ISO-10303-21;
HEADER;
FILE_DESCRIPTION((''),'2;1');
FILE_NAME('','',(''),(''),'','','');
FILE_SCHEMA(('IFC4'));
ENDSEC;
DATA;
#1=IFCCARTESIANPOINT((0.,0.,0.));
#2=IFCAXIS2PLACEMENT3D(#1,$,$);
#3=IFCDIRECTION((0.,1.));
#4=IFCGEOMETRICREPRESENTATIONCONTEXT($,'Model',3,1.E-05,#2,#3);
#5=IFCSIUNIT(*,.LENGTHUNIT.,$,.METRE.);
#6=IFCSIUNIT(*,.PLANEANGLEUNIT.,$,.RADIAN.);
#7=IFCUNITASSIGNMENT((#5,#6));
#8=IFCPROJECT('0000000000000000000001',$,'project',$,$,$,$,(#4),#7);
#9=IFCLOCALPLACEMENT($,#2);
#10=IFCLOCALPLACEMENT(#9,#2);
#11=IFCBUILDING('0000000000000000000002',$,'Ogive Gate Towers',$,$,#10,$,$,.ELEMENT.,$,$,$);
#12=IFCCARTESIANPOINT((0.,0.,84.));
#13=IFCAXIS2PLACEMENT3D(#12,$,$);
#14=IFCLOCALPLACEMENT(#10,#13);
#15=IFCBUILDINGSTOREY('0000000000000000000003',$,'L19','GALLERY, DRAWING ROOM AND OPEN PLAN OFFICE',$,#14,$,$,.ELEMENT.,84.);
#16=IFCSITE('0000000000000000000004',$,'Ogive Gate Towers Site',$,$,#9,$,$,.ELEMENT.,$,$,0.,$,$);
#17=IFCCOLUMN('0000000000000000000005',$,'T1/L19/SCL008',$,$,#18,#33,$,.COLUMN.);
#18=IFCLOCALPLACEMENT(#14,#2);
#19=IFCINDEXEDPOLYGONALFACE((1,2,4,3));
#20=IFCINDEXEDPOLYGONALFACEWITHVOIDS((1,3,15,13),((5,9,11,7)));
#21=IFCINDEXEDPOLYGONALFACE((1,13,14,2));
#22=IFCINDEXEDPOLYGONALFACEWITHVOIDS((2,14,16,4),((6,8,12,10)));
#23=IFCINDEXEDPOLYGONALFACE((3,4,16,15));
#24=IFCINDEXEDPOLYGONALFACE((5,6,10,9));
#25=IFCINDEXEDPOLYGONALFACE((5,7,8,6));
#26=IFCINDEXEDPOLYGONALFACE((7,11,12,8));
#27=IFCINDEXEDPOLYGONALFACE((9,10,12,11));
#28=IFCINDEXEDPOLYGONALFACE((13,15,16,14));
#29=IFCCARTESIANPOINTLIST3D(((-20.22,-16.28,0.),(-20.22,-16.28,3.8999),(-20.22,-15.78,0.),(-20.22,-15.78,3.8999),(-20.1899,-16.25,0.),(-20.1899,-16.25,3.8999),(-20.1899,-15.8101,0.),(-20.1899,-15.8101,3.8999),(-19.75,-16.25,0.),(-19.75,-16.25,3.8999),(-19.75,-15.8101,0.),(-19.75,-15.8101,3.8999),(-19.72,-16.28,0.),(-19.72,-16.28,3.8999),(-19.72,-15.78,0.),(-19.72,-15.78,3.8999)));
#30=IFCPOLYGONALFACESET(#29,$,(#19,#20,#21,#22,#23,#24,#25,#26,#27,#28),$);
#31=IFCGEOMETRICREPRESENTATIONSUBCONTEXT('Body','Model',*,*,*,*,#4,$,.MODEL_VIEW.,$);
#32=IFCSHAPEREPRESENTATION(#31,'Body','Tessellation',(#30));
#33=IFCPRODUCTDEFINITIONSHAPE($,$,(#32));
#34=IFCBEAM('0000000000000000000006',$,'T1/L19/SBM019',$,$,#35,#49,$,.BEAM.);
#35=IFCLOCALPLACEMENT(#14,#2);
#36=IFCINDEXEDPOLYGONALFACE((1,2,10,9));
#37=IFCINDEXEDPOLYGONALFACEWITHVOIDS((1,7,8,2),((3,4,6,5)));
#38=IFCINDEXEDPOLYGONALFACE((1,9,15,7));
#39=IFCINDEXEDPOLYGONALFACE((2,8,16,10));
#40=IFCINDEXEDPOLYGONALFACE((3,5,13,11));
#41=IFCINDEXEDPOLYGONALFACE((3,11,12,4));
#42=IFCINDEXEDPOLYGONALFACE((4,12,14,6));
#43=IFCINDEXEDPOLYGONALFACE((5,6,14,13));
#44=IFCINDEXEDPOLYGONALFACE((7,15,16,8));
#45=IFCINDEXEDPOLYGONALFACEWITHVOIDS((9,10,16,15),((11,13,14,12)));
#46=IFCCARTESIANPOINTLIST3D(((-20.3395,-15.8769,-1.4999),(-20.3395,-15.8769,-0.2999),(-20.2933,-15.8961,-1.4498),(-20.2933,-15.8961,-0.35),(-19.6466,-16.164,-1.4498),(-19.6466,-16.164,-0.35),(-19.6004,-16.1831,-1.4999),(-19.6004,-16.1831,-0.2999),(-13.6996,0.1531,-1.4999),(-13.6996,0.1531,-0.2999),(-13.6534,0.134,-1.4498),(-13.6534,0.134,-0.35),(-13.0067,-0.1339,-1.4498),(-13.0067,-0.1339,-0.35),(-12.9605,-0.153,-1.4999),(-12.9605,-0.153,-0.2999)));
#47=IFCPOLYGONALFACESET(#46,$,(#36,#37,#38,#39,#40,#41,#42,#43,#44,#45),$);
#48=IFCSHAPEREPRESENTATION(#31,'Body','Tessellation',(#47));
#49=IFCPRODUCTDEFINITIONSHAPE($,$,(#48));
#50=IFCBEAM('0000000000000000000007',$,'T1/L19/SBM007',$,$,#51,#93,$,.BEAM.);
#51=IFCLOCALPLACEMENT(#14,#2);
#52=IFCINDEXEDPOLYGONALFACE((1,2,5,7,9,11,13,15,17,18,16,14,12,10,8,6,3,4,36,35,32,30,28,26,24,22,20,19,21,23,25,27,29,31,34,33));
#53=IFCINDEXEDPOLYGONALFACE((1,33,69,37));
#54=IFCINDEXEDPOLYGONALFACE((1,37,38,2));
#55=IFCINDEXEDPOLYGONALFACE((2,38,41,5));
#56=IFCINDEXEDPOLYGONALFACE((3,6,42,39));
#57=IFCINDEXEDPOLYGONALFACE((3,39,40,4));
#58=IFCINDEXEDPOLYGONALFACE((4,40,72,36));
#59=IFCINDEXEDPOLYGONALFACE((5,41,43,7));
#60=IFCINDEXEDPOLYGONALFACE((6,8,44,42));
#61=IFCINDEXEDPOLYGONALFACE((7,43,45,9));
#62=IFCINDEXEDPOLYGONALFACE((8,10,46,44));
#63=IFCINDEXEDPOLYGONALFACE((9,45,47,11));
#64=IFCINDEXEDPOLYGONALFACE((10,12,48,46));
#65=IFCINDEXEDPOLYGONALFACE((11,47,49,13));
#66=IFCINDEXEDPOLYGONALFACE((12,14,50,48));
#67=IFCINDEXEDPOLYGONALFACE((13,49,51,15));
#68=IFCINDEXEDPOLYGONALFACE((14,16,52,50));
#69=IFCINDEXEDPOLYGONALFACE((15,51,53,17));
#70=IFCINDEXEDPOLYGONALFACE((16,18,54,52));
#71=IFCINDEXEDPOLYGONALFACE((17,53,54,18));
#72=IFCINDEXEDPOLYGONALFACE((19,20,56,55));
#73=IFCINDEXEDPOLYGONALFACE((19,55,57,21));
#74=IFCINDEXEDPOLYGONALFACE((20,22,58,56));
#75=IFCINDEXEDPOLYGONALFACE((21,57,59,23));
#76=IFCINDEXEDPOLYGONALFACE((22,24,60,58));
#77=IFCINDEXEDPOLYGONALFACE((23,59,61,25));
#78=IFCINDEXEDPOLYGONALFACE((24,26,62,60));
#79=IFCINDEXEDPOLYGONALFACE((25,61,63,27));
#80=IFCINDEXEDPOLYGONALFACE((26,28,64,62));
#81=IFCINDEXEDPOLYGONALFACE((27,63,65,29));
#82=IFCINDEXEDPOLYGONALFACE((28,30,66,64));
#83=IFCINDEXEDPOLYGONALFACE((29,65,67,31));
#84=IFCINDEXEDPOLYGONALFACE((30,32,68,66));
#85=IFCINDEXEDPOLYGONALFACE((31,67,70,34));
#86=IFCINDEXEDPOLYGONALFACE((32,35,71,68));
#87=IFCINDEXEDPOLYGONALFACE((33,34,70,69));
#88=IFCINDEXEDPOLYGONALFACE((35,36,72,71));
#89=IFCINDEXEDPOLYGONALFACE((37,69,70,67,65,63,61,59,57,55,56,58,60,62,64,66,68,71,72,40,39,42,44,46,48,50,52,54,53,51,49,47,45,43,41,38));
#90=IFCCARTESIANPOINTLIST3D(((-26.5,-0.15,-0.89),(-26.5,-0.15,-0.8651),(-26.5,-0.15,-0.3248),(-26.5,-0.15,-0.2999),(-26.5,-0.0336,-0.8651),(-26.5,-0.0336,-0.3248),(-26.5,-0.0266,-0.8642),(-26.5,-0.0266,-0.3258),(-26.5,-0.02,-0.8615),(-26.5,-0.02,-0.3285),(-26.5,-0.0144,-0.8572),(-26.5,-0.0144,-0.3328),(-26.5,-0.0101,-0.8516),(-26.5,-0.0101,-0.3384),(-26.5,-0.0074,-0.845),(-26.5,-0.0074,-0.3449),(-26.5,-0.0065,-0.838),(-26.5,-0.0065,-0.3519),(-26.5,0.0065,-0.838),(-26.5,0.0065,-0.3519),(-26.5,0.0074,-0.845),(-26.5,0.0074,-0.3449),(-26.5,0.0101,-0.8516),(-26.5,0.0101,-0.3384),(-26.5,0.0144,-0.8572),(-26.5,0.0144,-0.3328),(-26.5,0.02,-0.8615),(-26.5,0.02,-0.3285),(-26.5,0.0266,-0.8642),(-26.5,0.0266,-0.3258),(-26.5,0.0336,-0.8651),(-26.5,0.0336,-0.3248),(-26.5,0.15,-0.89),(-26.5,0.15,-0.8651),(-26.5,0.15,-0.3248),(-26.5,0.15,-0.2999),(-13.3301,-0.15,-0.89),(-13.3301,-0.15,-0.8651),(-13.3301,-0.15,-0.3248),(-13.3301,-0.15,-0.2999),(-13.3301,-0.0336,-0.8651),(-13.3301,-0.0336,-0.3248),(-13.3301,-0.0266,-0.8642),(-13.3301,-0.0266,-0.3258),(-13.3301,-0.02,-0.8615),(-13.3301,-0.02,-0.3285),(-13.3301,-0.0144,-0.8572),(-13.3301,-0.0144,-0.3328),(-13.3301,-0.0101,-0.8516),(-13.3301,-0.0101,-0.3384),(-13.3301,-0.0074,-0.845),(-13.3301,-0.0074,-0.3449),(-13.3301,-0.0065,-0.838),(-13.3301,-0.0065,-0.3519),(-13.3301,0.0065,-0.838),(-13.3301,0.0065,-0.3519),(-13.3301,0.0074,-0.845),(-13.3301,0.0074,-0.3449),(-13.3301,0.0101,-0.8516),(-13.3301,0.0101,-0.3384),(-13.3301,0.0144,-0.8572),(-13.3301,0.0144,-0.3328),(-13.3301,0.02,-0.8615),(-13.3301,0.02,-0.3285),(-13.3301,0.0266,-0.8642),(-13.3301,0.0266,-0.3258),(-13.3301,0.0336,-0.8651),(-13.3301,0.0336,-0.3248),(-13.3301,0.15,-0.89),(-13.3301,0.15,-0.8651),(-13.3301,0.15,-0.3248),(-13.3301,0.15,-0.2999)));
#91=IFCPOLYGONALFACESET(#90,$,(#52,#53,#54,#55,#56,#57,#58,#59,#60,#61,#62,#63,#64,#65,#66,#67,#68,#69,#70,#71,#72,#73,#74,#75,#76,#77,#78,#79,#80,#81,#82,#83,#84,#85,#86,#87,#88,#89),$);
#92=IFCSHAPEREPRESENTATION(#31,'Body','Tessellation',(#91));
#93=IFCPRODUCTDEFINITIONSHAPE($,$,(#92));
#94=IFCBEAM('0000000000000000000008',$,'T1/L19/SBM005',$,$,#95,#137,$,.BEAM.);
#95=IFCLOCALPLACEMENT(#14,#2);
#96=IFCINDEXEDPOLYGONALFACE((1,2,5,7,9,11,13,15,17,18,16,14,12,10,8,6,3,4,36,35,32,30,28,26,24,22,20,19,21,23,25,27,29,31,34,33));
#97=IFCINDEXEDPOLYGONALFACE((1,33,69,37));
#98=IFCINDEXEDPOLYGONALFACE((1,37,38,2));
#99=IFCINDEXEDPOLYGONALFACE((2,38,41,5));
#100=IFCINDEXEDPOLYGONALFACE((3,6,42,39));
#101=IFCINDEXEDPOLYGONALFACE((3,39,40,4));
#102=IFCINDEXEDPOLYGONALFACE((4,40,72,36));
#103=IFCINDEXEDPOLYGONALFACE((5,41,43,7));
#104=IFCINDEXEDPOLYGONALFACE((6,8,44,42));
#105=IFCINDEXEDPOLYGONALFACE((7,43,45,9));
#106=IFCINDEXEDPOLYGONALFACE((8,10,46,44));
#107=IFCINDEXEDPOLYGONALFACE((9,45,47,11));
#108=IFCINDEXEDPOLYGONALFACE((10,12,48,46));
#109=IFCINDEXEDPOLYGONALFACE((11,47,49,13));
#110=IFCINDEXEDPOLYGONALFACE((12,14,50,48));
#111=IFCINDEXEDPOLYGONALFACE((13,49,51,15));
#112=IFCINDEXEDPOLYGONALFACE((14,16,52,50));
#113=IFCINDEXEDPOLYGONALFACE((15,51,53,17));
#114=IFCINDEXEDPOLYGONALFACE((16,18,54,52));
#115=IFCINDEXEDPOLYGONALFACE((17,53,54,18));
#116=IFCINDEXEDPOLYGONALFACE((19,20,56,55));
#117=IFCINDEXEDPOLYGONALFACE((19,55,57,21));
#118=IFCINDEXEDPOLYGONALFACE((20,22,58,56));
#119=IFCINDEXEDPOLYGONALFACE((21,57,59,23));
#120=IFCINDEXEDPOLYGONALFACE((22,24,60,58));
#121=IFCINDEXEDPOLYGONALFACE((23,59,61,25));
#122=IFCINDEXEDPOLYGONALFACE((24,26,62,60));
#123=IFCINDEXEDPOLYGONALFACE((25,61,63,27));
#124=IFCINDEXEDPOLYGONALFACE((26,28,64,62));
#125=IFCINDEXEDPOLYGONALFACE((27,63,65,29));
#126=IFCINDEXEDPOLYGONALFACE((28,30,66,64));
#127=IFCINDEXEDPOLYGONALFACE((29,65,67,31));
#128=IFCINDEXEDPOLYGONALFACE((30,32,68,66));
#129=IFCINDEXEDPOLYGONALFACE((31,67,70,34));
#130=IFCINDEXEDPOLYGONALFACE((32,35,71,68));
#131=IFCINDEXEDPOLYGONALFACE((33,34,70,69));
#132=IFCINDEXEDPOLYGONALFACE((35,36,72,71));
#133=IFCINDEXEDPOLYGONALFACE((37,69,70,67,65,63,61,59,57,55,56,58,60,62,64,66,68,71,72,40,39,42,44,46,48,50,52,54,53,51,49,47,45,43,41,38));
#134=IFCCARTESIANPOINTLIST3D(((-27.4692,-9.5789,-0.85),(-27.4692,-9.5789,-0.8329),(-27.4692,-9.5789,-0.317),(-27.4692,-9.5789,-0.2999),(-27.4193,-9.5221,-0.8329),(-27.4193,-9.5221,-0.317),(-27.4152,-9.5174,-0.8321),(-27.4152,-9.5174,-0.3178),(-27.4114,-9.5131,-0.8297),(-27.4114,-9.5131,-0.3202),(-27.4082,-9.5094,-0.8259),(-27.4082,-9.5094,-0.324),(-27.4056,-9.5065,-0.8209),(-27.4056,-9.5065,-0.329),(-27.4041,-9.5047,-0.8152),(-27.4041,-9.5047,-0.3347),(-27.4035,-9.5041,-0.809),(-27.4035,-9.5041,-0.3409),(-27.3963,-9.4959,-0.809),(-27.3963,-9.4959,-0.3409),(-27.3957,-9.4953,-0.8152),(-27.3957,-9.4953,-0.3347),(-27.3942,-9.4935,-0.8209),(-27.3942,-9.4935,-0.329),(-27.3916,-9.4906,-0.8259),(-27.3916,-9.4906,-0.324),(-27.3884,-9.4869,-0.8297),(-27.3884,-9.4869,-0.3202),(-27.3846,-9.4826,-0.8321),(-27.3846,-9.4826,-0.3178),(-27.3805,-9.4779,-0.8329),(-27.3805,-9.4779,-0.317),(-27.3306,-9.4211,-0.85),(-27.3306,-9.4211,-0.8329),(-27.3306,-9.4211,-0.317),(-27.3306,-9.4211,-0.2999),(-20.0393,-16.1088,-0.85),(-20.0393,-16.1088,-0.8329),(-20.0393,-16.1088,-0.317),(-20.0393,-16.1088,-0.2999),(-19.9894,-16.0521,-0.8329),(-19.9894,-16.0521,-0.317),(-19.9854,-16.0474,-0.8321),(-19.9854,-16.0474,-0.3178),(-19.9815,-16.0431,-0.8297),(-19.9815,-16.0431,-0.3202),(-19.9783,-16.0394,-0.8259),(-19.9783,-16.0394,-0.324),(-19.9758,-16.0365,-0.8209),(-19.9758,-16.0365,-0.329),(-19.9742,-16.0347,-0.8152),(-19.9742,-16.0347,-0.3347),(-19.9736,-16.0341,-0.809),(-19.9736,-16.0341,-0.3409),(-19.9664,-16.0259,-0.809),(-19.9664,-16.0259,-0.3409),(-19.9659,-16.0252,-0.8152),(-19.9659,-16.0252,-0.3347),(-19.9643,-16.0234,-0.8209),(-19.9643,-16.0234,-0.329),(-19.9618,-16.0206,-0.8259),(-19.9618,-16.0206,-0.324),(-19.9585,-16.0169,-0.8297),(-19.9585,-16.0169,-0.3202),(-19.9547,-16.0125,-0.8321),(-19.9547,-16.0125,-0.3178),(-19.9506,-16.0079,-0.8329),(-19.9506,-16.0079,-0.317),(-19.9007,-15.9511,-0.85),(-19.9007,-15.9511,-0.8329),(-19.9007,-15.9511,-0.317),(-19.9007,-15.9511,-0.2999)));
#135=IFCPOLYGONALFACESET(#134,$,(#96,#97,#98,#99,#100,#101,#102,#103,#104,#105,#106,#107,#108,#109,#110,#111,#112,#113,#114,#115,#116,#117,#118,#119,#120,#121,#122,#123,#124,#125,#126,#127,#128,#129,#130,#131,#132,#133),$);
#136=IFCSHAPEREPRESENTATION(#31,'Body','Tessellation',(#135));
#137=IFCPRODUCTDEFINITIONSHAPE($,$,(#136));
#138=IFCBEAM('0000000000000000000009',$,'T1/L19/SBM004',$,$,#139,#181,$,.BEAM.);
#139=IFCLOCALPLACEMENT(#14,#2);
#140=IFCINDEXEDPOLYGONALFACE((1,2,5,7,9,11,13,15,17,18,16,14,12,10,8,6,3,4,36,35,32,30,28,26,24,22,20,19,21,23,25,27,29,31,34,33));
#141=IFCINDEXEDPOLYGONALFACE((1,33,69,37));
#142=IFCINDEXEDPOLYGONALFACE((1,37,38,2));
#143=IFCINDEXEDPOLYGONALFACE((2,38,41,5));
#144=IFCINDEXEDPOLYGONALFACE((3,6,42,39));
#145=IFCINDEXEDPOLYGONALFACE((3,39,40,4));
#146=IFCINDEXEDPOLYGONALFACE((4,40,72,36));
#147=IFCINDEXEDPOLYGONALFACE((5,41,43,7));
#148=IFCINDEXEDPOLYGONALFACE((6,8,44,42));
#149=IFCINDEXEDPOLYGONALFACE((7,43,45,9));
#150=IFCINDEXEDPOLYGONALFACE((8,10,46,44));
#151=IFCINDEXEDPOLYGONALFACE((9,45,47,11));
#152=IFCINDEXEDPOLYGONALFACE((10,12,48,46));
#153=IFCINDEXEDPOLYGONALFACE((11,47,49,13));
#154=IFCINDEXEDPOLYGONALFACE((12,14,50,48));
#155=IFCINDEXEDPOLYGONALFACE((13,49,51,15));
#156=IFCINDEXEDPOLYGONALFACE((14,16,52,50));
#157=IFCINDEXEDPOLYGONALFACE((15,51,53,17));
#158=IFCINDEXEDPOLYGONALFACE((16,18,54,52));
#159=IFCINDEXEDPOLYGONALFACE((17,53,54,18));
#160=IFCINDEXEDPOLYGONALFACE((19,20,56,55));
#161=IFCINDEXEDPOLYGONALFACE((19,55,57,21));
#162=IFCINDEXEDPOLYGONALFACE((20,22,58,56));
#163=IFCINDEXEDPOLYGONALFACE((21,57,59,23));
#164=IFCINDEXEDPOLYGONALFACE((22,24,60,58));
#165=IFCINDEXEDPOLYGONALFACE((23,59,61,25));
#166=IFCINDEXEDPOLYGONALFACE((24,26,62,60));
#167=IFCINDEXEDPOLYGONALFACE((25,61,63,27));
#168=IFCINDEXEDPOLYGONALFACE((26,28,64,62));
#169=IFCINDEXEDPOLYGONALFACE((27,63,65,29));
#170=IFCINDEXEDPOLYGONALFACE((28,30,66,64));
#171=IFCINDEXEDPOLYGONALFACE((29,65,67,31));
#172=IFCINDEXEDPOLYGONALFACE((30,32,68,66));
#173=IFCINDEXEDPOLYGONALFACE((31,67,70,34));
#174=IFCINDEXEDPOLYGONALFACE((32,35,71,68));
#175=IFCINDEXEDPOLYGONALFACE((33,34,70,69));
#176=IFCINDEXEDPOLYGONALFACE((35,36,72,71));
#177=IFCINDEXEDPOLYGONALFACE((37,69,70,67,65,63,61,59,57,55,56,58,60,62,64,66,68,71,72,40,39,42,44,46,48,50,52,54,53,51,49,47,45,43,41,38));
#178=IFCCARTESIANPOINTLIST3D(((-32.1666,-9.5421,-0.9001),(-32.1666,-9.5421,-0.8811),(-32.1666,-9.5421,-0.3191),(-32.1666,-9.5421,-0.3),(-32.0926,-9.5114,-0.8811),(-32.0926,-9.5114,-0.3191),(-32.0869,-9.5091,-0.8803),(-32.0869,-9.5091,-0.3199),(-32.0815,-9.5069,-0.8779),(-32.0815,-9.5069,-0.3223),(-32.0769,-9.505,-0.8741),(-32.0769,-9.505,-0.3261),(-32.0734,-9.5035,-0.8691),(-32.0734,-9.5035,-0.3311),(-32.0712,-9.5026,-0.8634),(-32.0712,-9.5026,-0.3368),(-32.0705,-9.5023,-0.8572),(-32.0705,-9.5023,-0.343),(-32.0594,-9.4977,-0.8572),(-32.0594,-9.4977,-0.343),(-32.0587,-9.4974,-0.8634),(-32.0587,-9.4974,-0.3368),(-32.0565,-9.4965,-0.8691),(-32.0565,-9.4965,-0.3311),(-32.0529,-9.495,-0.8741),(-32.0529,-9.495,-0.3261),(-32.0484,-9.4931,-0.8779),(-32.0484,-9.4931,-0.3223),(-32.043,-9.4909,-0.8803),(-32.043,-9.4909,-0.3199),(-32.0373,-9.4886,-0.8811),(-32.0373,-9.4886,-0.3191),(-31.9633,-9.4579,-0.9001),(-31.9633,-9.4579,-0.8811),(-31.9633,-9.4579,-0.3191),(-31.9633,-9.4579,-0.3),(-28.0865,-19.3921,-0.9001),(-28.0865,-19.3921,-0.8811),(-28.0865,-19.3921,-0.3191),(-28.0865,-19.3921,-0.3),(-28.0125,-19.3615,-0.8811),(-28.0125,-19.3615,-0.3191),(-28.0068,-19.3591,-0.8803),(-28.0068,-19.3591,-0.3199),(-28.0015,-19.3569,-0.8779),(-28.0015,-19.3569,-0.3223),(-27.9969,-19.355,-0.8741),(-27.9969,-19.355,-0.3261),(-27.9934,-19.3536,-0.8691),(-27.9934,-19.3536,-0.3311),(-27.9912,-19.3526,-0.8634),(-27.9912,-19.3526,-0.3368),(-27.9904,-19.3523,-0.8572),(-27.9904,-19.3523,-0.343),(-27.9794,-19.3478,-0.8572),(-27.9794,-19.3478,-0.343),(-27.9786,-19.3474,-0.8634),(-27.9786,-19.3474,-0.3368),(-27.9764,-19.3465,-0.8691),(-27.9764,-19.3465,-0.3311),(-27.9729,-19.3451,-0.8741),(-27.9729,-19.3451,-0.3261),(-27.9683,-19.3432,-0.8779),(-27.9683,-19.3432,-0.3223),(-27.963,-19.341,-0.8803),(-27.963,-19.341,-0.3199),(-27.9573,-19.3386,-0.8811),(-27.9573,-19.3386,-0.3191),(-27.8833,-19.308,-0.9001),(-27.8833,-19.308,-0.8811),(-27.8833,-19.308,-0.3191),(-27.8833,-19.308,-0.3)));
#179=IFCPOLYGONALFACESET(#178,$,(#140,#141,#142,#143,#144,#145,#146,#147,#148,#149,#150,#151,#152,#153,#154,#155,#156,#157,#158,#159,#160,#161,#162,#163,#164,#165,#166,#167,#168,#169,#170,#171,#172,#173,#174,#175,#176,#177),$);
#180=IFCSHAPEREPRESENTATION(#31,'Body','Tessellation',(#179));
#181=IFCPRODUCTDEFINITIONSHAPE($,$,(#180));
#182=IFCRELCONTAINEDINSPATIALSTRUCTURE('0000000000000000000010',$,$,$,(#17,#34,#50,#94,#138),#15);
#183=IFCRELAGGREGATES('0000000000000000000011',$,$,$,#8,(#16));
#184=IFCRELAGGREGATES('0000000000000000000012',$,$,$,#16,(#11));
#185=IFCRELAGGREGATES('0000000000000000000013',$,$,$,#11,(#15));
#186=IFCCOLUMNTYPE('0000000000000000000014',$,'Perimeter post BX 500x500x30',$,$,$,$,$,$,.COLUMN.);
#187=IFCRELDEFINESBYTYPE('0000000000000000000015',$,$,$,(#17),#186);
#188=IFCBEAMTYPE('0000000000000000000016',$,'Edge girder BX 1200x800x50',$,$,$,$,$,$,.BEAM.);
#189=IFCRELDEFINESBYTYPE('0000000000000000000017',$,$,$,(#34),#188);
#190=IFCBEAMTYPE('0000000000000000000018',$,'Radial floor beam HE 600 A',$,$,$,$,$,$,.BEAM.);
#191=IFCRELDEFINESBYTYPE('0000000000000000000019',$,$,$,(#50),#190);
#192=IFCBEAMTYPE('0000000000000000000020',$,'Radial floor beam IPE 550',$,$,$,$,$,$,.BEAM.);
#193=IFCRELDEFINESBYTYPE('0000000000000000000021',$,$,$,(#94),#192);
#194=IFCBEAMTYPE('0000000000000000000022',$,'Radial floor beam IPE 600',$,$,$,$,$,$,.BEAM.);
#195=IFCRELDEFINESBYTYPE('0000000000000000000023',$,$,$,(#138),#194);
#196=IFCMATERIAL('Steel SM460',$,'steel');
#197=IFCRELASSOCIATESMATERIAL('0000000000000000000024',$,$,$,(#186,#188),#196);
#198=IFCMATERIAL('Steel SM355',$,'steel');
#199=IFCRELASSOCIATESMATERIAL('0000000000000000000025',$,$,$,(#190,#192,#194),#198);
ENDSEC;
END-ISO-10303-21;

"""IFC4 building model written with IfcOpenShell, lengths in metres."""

from ifc_helpers import new_model, si_unit, direction, frame, origin, origin_2d, place, context, subcontext, project, spatial, hollow_rectangle, i_section, extrude, material, material_profile, profile_set, type_object, element, save


model = new_model("IFC4")

# Units and contexts
model_context = context("Model", 3, precision=1e-05, world=origin(), true_north=direction((0.0, 1.0)))
body_context = subcontext(model_context, "Body", "Model", "MODEL_VIEW")
ifc_project = project(units=[si_unit("LENGTHUNIT", "METRE"), si_unit("PLANEANGLEUNIT", "RADIAN")], contexts=[model_context])

# Site, building, storey
site_placement = place(None, origin())
site = spatial("IfcSite", under=ifc_project, at=site_placement, Name="Ogive Gate Towers Site", CompositionType="ELEMENT", RefElevation=0.0)
building_placement = place(site_placement, origin())
building = spatial("IfcBuilding", under=site, at=building_placement, Name="Ogive Gate Towers", CompositionType="ELEMENT")
storey_placement = place(building_placement, frame((0.0, 0.0, 84.0)))
storey = spatial("IfcBuildingStorey", under=building, at=storey_placement, Name="L19", Description="GALLERY, DRAWING ROOM AND OPEN PLAN OFFICE", CompositionType="ELEMENT", Elevation=84.0)

# Column
ifc_material_1 = material(Name="Steel SM460", Category="steel")
ifc_material_profile_1 = material_profile(ifc_material_1, hollow_rectangle(XDim=0.5, YDim=0.5, WallThickness=0.03, at=origin_2d()), Name="BX 500x500x30")
ifc_profile_set_1 = profile_set([ifc_material_profile_1], Name="Steel SM460")
column_type = type_object("IfcColumnType", Name="Perimeter post BX 500x500x30", PredefinedType="COLUMN", material=ifc_profile_set_1)
column_placement = place(storey_placement, frame((-19.97, -16.03, 0.0), z_axis=(0.0, 0.0, 1.0), x_axis=(1.0, 0.0, 0.0)))
element("IfcColumn", 1, at=column_placement, inside=storey, type_object=column_type, Name="T1/L19/SCL008", PredefinedType="COLUMN", context=body_context, shape_type="SweptSolid", body=[
    extrude(hollow_rectangle(XDim=0.5, YDim=0.5, WallThickness=0.03, at=origin_2d()), origin(), (0.0, 0.0, 1.0), 3.8999),
])

# Beams
ifc_material_profile_2 = material_profile(ifc_material_1, hollow_rectangle(XDim=0.8, YDim=1.2, WallThickness=0.05, at=origin_2d()), Name="BX 1200x800x50")
ifc_profile_set_2 = profile_set([ifc_material_profile_2], Name="Steel SM460")
beam_type_1 = type_object("IfcBeamType", Name="Edge girder BX 1200x800x50", PredefinedType="BEAM", material=ifc_profile_set_2)
beam_1_placement = place(storey_placement, frame((-19.97, -16.03, -0.8999), z_axis=(0.382685, 0.923879, 0.0), x_axis=(-0.923879, 0.382685, 0.0)))
element("IfcBeam", 2, at=beam_1_placement, inside=storey, type_object=beam_type_1, Name="T1/L19/SBM019", PredefinedType="BEAM", context=body_context, shape_type="SweptSolid", body=[
    extrude(hollow_rectangle(XDim=0.8, YDim=1.2, WallThickness=0.05, at=origin_2d()), origin(), (0.0, 0.0, 1.0), 17.3508),
])
ifc_material_2 = material(Name="Steel SM355", Category="steel")
ifc_material_profile_3 = material_profile(ifc_material_2, i_section(OverallWidth=0.3, OverallDepth=0.5901, WebThickness=0.0129, FlangeThickness=0.0249, FilletRadius=0.0271, at=origin_2d()), Name="HE 600 A")
ifc_profile_set_3 = profile_set([ifc_material_profile_3], Name="Steel SM355")
beam_type_2 = type_object("IfcBeamType", Name="Radial floor beam HE 600 A", PredefinedType="BEAM", material=ifc_profile_set_3)
beam_2_placement = place(storey_placement, frame((-26.5, 0.0, -0.595), z_axis=(1.0, 0.0, 0.0), x_axis=(0.0, 1.0, 0.0)))
element("IfcBeam", 3, at=beam_2_placement, inside=storey, type_object=beam_type_2, Name="T1/L19/SBM007", PredefinedType="BEAM", context=body_context, shape_type="SweptSolid", body=[
    extrude(i_section(OverallWidth=0.3, OverallDepth=0.5901, WebThickness=0.0129, FlangeThickness=0.0249, FilletRadius=0.0271, at=origin_2d()), origin(), (0.0, 0.0, 1.0), 13.1699),
])
ifc_material_profile_4 = material_profile(ifc_material_2, i_section(OverallWidth=0.21, OverallDepth=0.55, WebThickness=0.011, FlangeThickness=0.0171, FilletRadius=0.0239, at=origin_2d()), Name="IPE 550")
ifc_profile_set_4 = profile_set([ifc_material_profile_4], Name="Steel SM355")
beam_type_3 = type_object("IfcBeamType", Name="Radial floor beam IPE 550", PredefinedType="BEAM", material=ifc_profile_set_4)
beam_3_placement = place(storey_placement, frame((-27.3999, -9.5, -0.575), z_axis=(0.75113, -0.660154, 0.0), x_axis=(0.660154, 0.75113, 0.0)))
element("IfcBeam", 4, at=beam_3_placement, inside=storey, type_object=beam_type_3, Name="T1/L19/SBM005", PredefinedType="BEAM", context=body_context, shape_type="SweptSolid", body=[
    extrude(i_section(OverallWidth=0.21, OverallDepth=0.55, WebThickness=0.011, FlangeThickness=0.0171, FilletRadius=0.0239, at=origin_2d()), origin(), (0.0, 0.0, 1.0), 9.8916),
])
ifc_material_profile_5 = material_profile(ifc_material_2, i_section(OverallWidth=0.22, OverallDepth=0.6001, WebThickness=0.012, FlangeThickness=0.019, FilletRadius=0.0239, at=origin_2d()), Name="IPE 600")
ifc_profile_set_5 = profile_set([ifc_material_profile_5], Name="Steel SM355")
beam_type_4 = type_object("IfcBeamType", Name="Radial floor beam IPE 600", PredefinedType="BEAM", material=ifc_profile_set_5)
for number, where, z_axis, x_axis, name in (
    (5, (-32.0649, -9.5, -0.6001), (0.382686, -0.923878, 0.0), (0.923878, 0.382686, 0.0), "T1/L19/SBM004"),
):
    element("IfcBeam", number, at=place(storey_placement, frame(where, z_axis=z_axis, x_axis=x_axis)), inside=storey, type_object=beam_type_4, Name=name, PredefinedType="BEAM", context=body_context, shape_type="SweptSolid", body=[
        extrude(i_section(OverallWidth=0.22, OverallDepth=0.6001, WebThickness=0.012, FlangeThickness=0.019, FilletRadius=0.0239, at=origin_2d()), origin(), (0.0, 0.0, 1.0), 10.6616),
    ])

save(model, "model.ifc")
